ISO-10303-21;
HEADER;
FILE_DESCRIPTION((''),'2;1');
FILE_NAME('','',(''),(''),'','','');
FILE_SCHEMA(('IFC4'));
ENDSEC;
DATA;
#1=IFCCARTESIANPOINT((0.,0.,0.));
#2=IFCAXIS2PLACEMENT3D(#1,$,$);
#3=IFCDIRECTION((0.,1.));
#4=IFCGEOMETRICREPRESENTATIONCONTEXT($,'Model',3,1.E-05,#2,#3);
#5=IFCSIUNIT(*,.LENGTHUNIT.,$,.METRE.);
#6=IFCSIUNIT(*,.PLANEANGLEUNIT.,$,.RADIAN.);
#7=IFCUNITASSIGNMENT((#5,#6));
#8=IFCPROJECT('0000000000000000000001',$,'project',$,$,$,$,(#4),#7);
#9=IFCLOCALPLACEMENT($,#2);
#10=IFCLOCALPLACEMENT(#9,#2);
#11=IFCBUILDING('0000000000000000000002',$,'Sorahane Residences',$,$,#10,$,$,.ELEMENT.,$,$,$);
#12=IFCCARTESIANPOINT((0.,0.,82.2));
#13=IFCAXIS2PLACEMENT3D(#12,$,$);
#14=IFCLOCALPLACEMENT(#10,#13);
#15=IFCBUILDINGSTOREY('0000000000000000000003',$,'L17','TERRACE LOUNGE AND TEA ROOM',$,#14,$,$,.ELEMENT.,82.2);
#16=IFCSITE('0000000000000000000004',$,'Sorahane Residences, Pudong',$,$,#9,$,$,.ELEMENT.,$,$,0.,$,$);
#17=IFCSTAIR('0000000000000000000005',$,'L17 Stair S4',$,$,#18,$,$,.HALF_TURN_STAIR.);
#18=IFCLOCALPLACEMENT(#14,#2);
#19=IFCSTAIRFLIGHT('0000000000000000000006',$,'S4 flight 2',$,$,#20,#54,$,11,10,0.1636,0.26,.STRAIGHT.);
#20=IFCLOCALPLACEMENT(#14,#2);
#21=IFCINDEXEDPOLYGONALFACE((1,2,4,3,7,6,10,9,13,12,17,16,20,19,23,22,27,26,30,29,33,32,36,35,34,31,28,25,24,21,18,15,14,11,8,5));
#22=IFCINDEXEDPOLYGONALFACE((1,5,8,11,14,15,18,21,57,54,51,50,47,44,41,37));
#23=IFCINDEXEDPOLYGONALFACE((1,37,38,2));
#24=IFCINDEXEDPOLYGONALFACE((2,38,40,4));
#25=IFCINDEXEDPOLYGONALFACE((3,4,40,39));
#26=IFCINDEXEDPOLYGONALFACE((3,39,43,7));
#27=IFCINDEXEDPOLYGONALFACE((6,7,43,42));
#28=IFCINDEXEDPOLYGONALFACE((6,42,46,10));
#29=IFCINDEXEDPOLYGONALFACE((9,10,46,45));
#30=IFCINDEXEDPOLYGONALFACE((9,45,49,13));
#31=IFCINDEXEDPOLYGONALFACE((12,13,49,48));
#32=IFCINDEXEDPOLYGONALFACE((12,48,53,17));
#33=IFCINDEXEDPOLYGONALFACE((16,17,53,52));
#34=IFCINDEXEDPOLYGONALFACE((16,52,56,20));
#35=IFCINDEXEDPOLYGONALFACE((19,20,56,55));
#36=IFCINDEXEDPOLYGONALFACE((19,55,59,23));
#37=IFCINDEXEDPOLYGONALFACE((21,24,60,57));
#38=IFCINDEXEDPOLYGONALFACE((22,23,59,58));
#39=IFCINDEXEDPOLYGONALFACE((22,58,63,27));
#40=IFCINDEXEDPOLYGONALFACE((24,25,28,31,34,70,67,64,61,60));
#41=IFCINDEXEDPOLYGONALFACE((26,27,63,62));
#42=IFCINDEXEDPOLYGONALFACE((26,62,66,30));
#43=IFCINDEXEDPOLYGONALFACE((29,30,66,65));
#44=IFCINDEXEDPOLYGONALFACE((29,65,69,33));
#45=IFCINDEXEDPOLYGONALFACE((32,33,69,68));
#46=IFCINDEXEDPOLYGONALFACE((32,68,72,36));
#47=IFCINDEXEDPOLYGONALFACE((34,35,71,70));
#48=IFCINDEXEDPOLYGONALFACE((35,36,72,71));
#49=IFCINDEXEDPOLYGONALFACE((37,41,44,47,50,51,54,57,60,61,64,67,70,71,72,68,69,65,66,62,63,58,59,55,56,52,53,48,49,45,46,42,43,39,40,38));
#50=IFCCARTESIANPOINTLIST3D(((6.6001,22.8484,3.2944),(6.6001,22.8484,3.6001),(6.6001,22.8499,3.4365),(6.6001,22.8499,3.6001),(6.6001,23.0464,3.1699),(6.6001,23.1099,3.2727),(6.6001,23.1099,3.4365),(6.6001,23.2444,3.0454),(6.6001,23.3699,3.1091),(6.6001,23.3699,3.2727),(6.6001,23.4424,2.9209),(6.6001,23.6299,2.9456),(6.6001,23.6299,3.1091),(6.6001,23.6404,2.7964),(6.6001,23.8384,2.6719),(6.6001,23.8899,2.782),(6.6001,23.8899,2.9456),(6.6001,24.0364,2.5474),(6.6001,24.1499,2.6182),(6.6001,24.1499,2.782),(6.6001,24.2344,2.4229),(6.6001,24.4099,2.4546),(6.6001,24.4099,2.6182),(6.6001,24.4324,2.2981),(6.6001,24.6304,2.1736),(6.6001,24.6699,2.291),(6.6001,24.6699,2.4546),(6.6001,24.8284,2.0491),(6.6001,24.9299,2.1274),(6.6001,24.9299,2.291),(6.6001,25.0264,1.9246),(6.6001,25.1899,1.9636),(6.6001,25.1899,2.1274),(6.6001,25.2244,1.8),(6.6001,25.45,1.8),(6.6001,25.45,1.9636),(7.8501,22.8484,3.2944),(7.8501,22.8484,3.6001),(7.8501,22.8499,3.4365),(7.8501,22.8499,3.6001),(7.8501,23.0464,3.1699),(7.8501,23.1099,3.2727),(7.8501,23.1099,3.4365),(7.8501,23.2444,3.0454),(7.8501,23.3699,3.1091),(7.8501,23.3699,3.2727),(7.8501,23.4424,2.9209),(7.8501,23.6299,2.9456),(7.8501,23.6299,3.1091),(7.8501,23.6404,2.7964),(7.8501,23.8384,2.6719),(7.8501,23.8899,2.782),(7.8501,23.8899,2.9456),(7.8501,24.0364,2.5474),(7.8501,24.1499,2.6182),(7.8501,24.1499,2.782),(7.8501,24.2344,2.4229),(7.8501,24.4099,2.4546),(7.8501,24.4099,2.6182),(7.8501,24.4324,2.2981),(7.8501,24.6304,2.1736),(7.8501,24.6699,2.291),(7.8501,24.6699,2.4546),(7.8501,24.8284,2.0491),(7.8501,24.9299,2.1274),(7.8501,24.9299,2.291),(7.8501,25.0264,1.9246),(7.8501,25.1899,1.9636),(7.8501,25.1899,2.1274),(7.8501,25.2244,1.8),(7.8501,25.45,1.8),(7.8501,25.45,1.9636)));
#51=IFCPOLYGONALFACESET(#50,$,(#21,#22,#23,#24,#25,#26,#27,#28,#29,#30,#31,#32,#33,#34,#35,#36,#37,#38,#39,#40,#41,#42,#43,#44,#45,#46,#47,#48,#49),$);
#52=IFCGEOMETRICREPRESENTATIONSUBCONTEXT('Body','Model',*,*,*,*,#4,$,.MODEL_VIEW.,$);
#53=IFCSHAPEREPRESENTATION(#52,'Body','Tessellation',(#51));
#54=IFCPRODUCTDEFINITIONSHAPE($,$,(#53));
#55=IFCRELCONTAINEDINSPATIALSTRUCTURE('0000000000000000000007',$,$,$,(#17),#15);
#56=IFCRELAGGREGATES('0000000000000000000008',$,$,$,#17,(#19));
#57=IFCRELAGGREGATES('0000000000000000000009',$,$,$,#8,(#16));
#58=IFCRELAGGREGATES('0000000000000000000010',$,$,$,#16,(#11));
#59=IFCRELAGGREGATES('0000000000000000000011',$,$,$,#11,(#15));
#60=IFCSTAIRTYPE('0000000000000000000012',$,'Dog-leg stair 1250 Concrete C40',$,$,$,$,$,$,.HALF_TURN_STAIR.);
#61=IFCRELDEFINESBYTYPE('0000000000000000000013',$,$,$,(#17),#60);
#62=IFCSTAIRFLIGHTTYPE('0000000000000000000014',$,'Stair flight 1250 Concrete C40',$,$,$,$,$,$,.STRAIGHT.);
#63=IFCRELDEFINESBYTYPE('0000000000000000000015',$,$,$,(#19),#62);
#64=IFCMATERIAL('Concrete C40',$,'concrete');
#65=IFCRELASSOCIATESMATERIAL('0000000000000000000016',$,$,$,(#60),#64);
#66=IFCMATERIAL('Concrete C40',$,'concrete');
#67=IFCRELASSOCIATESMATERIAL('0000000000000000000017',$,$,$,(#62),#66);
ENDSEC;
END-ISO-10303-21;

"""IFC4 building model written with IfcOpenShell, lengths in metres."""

from ifc_helpers import new_model, si_unit, direction, frame, origin, place, context, subcontext, project, spatial, polyline, outline, extrude, material, type_object, element, aggregate, save


model = new_model("IFC4")

# Units and contexts
model_context = context("Model", 3, precision=1e-05, world=origin(), true_north=direction((0.0, 1.0)))
body_context = subcontext(model_context, "Body", "Model", "MODEL_VIEW")
ifc_project = project(units=[si_unit("LENGTHUNIT", "METRE"), si_unit("PLANEANGLEUNIT", "RADIAN")], contexts=[model_context])

# Site, building, storey
site_placement = place(None, origin())
site = spatial("IfcSite", under=ifc_project, at=site_placement, Name="Sorahane Residences, Pudong", CompositionType="ELEMENT", RefElevation=0.0)
building_placement = place(site_placement, origin())
building = spatial("IfcBuilding", under=site, at=building_placement, Name="Sorahane Residences", CompositionType="ELEMENT")
storey_placement = place(building_placement, frame((0.0, 0.0, 82.2)))
storey = spatial("IfcBuildingStorey", under=building, at=storey_placement, Name="L17", Description="TERRACE LOUNGE AND TEA ROOM", CompositionType="ELEMENT", Elevation=82.2)

# Stair, stair flight
ifc_material_1 = material(Name="Concrete C40", Category="concrete")
stair_type = type_object("IfcStairType", Name="Dog-leg stair 1250 Concrete C40", PredefinedType="HALF_TURN_STAIR", material=ifc_material_1)
stair_placement = place(storey_placement, origin())
stair = element("IfcStair", 1, at=stair_placement, inside=storey, type_object=stair_type, Name="L17 Stair S4", PredefinedType="HALF_TURN_STAIR")
ifc_material_2 = material(Name="Concrete C40", Category="concrete")
stair_flight_type = type_object("IfcStairFlightType", Name="Stair flight 1250 Concrete C40", PredefinedType="STRAIGHT", material=ifc_material_2)
stair_flight_placement = place(storey_placement, frame((7.2251, 25.45, 1.8), z_axis=(0.0, 0.0, 1.0), x_axis=(0.0, -1.0, 0.0)))
stair_flight = element("IfcStairFlight", 2, at=stair_flight_placement, type_object=stair_flight_type, Name="S4 flight 2", NumberOfRisers=11, NumberOfTreads=10, PredefinedType="STRAIGHT", RiserHeight=0.1636, TreadLength=0.26, context=body_context, shape_type="SweptSolid", body=[
    extrude(outline(polyline([(0.0, 0.0), (0.0, 0.1636), (0.26, 0.1636), (0.26, 0.3274), (0.52, 0.3274), (0.52, 0.491), (0.78, 0.491), (0.78, 0.6545), (1.04, 0.6545), (1.04, 0.8181), (1.3, 0.8181), (1.3, 0.9819), (1.5601, 0.9819), (1.5601, 1.1455), (1.8201, 1.1455), (1.8201, 1.3091), (2.0801, 1.3091), (2.0801, 1.4727), (2.3401, 1.4727), (2.3401, 1.6365), (2.6001, 1.6365), (2.6001, 1.8), (2.6016, 1.8), (2.6016, 1.4944), (2.4036, 1.3699), (2.2056, 1.2454), (2.0076, 1.1208), (1.8096, 0.9963), (1.6116, 0.8718), (1.4136, 0.7473), (1.2156, 0.6228), (1.0176, 0.498), (0.8196, 0.3735), (0.6216, 0.249), (0.4236, 0.1245), (0.2256, 0.0), (0.0, 0.0)])), frame((0.0, 0.625, 0.0), z_axis=(0.0, -1.0, 0.0), x_axis=(1.0, 0.0, 0.0)), (0.0, 0.0, 1.0), 1.25),
])
aggregate(stair, [stair_flight])

save(model, "model.ifc")
